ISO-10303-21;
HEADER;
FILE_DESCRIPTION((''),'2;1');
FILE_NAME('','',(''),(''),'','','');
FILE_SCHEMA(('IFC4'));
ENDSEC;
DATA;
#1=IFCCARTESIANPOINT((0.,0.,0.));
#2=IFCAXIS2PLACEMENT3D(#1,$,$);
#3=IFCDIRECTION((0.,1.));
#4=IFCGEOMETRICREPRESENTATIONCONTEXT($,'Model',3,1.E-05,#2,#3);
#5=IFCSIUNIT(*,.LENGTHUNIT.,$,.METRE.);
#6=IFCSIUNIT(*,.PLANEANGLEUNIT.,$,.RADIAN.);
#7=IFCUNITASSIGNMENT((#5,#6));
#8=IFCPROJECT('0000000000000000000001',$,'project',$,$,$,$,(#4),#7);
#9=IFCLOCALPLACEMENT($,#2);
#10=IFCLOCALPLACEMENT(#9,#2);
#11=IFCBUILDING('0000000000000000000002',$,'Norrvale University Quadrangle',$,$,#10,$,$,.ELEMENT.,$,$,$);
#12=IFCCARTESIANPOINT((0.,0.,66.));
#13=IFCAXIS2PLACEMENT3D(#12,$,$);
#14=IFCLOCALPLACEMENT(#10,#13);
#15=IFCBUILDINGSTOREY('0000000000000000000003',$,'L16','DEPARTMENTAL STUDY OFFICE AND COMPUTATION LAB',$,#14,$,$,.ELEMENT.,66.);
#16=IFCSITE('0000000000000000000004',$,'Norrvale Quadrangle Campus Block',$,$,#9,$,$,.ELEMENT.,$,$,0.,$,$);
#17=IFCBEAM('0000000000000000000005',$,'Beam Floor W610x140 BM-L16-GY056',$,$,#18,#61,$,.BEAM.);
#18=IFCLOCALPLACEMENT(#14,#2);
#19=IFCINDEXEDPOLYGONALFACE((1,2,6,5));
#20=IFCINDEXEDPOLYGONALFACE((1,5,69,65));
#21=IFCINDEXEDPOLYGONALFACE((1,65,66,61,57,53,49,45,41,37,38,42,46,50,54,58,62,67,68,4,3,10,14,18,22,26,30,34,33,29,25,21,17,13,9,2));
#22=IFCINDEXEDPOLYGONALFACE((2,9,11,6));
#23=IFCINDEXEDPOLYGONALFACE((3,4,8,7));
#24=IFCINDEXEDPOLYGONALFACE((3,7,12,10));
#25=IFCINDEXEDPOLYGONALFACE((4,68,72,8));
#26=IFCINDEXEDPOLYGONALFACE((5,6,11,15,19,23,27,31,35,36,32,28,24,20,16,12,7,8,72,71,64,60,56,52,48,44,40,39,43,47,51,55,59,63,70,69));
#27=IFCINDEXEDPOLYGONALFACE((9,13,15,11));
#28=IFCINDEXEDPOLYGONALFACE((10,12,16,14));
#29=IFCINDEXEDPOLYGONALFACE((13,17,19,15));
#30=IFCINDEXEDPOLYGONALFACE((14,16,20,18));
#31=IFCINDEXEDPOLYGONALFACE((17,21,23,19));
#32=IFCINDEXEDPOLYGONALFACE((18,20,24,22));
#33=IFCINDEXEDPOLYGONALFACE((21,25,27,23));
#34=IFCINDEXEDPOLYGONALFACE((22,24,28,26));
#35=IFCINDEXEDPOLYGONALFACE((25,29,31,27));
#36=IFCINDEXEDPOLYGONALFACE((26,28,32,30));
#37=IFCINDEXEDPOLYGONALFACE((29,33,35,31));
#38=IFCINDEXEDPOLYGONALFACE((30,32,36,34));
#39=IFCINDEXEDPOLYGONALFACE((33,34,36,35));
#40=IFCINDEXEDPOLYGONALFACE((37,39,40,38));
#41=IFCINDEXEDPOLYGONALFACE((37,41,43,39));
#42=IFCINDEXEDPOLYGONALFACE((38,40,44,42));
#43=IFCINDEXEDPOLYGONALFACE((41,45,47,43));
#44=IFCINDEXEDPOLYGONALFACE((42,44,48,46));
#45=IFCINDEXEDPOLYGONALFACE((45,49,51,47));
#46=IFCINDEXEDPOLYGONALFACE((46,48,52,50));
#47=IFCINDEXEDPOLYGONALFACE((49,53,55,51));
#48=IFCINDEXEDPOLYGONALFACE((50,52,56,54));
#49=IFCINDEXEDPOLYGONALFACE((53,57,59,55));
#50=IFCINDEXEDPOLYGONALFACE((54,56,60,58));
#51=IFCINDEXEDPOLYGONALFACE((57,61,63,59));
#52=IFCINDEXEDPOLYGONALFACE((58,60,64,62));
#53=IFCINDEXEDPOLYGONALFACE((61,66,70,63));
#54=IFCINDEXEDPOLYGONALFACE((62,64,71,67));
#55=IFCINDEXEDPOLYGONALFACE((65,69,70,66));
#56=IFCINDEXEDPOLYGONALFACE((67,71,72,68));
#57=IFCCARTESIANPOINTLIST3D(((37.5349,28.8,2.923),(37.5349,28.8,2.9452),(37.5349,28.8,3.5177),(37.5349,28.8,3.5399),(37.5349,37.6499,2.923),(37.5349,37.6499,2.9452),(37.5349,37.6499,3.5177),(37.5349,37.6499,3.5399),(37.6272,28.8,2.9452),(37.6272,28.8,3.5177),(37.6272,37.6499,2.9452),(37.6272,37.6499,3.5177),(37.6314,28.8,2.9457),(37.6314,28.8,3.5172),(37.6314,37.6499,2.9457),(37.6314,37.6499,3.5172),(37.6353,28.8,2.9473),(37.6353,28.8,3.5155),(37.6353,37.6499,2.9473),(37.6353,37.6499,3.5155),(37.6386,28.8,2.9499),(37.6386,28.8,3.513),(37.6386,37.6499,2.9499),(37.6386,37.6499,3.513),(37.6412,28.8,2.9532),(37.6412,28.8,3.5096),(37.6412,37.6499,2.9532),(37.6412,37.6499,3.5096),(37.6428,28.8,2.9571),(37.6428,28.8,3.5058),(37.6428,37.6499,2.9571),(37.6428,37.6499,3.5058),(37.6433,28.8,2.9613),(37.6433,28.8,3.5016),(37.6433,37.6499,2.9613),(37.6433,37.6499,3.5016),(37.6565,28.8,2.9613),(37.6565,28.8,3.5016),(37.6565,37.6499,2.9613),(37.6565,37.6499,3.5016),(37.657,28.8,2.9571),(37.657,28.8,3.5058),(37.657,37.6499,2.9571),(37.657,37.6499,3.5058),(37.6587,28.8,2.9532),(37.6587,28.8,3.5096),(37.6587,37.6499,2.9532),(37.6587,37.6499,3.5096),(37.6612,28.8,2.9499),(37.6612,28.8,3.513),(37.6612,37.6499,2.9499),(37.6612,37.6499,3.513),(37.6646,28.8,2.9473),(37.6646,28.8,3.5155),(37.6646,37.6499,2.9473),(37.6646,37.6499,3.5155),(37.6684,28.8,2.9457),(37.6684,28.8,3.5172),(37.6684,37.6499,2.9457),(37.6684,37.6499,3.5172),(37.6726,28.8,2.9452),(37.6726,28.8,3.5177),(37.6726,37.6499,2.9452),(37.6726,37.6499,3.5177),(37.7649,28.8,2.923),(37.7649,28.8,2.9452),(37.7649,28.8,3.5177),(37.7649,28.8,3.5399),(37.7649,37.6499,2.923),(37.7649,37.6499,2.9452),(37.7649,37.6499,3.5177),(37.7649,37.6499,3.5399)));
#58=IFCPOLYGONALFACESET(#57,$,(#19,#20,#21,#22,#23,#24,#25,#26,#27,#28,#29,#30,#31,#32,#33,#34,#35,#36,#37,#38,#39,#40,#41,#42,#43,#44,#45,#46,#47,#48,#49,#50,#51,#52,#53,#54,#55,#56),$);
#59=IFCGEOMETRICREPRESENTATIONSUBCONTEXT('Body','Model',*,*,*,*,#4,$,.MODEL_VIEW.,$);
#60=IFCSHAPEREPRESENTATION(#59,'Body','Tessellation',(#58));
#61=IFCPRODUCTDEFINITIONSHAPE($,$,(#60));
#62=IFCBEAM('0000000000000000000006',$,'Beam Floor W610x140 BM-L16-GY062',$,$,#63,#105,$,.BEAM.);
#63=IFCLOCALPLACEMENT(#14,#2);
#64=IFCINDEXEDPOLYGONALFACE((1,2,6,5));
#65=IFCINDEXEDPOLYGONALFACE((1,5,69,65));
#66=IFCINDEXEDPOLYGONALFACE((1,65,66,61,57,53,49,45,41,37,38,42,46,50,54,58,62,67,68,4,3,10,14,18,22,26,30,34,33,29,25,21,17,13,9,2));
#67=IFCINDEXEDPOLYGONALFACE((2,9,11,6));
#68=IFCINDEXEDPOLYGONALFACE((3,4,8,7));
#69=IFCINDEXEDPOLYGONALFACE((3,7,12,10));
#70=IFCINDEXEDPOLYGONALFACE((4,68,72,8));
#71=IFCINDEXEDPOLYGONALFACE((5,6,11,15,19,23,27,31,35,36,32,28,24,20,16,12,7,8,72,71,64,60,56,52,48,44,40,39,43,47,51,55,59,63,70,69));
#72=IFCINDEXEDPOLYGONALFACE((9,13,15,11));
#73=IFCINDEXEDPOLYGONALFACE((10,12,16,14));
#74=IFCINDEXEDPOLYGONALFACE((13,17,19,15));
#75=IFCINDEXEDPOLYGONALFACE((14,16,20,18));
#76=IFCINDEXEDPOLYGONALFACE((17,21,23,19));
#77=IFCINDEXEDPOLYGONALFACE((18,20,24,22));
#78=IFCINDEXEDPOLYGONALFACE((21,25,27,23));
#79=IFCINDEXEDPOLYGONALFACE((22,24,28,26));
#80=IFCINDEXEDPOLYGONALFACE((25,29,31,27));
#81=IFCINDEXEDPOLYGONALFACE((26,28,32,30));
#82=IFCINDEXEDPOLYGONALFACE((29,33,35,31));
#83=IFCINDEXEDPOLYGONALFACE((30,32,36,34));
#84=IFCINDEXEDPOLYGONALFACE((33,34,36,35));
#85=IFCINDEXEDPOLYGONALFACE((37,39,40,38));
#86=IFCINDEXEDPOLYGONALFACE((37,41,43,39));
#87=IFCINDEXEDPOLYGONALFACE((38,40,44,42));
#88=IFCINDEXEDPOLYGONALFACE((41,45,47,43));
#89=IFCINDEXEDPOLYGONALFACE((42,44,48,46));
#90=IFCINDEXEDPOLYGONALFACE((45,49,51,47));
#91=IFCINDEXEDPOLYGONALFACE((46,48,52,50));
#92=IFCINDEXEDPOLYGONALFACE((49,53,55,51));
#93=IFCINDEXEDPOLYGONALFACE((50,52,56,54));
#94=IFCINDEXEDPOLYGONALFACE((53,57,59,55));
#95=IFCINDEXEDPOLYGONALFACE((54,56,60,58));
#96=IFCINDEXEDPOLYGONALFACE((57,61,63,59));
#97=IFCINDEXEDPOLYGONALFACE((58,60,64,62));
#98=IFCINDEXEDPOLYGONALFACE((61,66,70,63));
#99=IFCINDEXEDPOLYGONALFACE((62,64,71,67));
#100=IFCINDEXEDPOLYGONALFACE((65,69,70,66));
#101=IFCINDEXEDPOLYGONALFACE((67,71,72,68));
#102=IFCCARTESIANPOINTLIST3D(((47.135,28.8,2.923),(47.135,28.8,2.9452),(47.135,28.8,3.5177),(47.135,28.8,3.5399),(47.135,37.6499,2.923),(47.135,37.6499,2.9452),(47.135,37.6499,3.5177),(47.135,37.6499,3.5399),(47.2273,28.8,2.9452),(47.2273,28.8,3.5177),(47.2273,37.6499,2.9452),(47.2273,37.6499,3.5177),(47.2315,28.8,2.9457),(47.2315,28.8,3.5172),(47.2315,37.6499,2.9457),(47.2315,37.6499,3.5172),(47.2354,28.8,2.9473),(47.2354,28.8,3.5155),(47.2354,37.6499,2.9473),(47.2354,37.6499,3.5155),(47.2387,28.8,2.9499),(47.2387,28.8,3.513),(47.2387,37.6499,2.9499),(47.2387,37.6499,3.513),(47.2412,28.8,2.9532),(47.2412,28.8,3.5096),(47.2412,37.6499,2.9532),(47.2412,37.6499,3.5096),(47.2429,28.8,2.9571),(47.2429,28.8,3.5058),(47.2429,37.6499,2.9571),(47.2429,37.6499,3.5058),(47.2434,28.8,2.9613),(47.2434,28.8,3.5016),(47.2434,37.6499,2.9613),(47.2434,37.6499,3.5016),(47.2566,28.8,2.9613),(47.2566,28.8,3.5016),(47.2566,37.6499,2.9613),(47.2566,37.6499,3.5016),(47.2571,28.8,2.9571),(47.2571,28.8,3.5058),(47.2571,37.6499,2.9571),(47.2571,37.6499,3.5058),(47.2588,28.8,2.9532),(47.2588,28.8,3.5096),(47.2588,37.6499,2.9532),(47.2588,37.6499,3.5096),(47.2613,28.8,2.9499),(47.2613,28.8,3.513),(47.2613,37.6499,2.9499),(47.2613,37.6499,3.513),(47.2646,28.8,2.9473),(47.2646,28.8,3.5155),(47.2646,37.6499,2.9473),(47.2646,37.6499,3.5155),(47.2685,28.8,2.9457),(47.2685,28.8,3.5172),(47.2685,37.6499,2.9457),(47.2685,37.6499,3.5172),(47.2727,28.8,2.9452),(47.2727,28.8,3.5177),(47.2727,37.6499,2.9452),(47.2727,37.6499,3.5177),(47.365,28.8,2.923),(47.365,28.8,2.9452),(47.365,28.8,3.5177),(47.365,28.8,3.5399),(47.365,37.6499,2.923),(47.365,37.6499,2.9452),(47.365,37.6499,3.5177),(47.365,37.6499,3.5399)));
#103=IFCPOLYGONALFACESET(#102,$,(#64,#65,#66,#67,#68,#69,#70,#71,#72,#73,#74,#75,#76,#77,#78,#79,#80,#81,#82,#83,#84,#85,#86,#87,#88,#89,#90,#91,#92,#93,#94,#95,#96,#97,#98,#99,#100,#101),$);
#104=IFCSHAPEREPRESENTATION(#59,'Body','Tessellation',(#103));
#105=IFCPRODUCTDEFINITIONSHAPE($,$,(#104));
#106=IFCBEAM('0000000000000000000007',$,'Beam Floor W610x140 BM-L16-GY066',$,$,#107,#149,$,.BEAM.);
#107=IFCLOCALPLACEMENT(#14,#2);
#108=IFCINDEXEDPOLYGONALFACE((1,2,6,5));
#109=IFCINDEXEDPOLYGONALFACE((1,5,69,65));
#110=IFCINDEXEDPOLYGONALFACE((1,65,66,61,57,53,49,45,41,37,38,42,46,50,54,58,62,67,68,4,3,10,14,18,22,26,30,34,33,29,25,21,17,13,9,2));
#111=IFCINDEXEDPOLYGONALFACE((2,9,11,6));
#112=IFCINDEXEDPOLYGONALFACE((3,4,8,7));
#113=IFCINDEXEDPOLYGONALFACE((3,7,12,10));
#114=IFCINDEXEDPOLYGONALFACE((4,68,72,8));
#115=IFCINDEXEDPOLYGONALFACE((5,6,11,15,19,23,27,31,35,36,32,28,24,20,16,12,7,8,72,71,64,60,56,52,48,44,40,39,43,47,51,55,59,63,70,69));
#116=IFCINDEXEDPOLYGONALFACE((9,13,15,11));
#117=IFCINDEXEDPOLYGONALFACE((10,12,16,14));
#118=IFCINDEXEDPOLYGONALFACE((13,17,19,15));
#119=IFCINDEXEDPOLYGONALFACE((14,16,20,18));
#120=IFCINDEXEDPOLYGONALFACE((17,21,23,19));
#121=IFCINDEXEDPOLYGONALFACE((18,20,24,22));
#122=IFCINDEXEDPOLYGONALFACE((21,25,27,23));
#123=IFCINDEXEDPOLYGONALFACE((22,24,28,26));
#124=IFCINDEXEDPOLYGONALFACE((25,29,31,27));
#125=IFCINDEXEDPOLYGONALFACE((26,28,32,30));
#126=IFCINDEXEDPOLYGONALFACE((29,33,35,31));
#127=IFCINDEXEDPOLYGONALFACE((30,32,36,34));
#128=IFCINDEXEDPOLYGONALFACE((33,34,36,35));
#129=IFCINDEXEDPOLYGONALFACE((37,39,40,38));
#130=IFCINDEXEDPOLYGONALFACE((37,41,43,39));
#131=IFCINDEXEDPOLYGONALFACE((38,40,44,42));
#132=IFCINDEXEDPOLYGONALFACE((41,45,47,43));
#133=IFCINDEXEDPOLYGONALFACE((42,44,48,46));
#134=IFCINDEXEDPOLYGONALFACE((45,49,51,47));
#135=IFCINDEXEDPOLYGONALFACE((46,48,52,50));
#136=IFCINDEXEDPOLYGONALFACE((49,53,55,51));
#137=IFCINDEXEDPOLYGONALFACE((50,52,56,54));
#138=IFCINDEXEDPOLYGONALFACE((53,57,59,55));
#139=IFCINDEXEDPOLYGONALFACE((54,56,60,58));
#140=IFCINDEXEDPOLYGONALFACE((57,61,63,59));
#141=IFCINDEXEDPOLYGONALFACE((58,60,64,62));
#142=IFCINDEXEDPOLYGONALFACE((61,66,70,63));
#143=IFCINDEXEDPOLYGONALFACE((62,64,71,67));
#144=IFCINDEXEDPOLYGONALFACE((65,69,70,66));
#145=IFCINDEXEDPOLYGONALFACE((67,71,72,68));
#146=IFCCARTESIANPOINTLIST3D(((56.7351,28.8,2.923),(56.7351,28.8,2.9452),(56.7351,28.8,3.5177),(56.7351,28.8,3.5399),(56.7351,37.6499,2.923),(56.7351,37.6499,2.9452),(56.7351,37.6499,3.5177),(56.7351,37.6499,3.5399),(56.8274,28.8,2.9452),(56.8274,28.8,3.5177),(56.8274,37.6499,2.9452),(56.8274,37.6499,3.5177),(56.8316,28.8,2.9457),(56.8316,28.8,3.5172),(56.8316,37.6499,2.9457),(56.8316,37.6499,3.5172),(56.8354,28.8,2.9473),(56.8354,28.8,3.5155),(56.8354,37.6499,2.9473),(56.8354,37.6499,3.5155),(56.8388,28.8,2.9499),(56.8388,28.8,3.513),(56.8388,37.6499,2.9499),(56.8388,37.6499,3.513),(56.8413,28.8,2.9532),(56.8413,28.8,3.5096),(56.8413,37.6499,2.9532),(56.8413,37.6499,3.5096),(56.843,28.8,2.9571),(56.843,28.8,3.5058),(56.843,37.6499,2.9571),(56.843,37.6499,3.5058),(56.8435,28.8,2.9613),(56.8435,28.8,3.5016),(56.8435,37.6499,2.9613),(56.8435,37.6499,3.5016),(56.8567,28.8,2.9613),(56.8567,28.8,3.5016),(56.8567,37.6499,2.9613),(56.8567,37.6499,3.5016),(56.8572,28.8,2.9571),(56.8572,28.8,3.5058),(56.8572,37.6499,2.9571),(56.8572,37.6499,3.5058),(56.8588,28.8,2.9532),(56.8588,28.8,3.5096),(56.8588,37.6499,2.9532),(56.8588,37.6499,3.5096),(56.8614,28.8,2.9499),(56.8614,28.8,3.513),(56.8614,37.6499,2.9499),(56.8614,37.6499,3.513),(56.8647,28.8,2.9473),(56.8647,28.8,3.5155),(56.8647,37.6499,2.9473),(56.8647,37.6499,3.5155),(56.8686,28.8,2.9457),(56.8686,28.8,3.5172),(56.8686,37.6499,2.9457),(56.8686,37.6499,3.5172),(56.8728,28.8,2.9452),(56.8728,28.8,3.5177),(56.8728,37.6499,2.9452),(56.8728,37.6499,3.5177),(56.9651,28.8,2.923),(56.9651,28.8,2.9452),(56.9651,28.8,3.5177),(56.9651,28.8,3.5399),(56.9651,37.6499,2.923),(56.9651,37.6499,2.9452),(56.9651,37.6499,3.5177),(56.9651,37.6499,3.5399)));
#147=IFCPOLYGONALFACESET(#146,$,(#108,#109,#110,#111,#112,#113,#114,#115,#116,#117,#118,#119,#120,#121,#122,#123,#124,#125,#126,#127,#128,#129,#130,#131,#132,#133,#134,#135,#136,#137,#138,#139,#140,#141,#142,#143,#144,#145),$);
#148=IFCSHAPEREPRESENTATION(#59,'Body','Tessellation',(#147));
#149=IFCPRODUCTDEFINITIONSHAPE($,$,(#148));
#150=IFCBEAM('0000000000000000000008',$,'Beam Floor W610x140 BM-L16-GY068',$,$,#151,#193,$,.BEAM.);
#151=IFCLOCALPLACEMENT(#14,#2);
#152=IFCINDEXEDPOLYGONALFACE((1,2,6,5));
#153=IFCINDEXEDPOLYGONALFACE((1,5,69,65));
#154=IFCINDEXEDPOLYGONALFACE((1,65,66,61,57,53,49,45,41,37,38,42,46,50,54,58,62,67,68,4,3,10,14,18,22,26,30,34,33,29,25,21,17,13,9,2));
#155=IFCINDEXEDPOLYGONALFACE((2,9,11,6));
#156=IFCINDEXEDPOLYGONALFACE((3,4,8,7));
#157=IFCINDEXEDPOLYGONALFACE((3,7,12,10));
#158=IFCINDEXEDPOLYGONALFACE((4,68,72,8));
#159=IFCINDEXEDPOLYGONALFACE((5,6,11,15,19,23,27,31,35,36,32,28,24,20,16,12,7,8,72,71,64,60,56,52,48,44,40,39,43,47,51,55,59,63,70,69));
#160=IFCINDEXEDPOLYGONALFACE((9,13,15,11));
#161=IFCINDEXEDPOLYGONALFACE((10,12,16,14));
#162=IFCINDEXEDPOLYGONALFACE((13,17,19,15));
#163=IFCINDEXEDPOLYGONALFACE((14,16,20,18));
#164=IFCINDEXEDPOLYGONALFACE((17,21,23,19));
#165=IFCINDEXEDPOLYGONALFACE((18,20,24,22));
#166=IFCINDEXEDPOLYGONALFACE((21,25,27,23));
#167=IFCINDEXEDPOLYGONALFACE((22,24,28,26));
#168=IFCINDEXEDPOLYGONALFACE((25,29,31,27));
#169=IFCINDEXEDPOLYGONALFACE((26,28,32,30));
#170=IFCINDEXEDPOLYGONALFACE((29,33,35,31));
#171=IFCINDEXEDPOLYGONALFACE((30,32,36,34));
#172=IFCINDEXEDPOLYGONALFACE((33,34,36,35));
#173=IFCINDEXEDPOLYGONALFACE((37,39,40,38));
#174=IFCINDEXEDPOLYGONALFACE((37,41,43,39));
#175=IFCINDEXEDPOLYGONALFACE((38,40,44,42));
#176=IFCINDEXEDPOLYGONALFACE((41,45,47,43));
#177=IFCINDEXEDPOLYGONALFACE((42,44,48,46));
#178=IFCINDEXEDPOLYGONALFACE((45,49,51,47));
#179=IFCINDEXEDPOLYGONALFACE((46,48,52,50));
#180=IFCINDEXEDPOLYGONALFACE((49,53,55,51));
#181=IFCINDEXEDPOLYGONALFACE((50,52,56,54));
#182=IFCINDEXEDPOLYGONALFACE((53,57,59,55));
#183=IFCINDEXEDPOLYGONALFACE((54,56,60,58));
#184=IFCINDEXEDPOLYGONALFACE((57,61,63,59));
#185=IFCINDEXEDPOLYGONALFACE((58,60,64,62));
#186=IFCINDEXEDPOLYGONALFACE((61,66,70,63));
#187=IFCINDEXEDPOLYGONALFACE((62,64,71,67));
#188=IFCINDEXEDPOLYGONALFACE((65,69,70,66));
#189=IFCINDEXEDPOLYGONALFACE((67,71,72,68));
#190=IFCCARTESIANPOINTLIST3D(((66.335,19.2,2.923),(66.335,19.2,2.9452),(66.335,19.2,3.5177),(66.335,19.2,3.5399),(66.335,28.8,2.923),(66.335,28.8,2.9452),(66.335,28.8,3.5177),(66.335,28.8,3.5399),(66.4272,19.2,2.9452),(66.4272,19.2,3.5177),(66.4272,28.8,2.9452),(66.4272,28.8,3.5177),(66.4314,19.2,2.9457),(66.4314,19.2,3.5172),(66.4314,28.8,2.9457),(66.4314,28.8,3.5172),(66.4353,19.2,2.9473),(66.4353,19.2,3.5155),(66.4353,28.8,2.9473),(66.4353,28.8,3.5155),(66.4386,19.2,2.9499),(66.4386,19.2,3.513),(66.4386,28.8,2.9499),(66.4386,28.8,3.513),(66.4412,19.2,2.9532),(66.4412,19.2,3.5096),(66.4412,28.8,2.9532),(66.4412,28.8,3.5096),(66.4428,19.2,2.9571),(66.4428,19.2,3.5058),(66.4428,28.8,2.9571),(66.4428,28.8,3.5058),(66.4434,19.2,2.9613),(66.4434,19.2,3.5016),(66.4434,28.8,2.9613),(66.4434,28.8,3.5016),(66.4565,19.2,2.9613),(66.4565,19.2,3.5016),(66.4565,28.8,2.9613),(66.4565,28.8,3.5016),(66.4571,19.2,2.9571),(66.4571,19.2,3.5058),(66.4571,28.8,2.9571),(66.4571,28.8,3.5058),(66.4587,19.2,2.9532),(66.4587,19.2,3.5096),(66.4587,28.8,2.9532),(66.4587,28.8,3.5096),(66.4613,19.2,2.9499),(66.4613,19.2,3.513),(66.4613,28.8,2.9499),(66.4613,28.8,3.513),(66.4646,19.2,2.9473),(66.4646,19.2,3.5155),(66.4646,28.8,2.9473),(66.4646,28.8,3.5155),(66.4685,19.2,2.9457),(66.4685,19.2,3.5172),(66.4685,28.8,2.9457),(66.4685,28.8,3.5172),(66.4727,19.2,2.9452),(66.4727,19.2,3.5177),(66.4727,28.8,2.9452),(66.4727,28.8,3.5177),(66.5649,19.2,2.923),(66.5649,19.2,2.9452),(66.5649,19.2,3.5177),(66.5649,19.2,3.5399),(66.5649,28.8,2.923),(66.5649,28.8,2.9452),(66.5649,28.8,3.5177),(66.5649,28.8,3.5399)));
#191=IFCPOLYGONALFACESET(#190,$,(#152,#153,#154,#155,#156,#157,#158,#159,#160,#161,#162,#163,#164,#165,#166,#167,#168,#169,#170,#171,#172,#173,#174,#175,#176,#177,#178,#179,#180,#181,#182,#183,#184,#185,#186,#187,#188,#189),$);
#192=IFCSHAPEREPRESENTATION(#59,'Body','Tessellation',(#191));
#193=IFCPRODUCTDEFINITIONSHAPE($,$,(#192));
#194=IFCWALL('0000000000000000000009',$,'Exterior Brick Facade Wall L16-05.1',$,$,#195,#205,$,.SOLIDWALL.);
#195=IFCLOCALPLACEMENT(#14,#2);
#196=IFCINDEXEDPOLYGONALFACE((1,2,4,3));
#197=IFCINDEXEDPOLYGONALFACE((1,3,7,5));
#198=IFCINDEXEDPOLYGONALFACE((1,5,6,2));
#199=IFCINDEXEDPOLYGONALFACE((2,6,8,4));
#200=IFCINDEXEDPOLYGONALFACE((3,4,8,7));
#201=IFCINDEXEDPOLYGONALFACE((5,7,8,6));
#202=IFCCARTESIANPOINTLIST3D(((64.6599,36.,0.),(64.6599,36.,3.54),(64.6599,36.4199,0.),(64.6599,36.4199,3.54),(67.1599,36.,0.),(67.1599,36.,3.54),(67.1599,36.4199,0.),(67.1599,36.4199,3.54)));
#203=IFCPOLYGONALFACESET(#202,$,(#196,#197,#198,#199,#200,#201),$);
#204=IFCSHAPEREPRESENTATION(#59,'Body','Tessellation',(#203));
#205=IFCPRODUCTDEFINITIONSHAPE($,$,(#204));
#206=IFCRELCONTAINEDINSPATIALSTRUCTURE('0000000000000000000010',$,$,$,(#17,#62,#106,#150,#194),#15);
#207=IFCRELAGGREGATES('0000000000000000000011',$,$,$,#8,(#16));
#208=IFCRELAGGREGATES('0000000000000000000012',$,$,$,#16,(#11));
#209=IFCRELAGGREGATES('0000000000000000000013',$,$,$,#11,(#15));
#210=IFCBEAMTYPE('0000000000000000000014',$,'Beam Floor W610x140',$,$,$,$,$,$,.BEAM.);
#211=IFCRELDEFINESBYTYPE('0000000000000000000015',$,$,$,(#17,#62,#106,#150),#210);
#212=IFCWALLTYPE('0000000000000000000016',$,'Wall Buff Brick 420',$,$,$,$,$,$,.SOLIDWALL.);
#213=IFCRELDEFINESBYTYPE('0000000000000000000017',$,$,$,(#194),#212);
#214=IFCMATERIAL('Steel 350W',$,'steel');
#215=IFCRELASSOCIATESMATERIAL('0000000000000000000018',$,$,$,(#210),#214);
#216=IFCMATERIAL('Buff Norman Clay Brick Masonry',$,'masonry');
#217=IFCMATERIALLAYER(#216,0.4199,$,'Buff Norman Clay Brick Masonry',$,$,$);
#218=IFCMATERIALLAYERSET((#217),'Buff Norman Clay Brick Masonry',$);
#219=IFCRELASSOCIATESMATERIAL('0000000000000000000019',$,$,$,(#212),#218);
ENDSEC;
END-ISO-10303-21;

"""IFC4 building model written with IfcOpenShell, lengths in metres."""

from ifc_helpers import new_model, si_unit, direction, frame, frame_2d, origin, origin_2d, place, context, subcontext, project, spatial, rectangle, i_section, extrude, material, layer, layer_set, material_profile, profile_set, type_object, element, save


model = new_model("IFC4")

# Units and contexts
model_context = context("Model", 3, precision=1e-05, world=origin(), true_north=direction((0.0, 1.0)))
body_context = subcontext(model_context, "Body", "Model", "MODEL_VIEW")
ifc_project = project(units=[si_unit("LENGTHUNIT", "METRE"), si_unit("PLANEANGLEUNIT", "RADIAN")], contexts=[model_context])

# Site, building, storey
site_placement = place(None, origin())
site = spatial("IfcSite", under=ifc_project, at=site_placement, Name="Norrvale Quadrangle Campus Block", CompositionType="ELEMENT", RefElevation=0.0)
building_placement = place(site_placement, origin())
building = spatial("IfcBuilding", under=site, at=building_placement, Name="Norrvale University Quadrangle", CompositionType="ELEMENT")
storey_placement = place(building_placement, frame((0.0, 0.0, 66.0)))
storey = spatial("IfcBuildingStorey", under=building, at=storey_placement, Name="L16", Description="DEPARTMENTAL STUDY OFFICE AND COMPUTATION LAB", CompositionType="ELEMENT", Elevation=66.0)

# Beams
ifc_material_1 = material(Name="Steel 350W", Category="steel")
ifc_material_profile_1 = material_profile(ifc_material_1, i_section(OverallWidth=0.23, OverallDepth=0.6169, WebThickness=0.0132, FlangeThickness=0.0222, FilletRadius=0.0161, at=origin_2d()), Name="Steel 350W")
ifc_profile_set_1 = profile_set([ifc_material_profile_1], Name="Steel 350W")
beam_type_1 = type_object("IfcBeamType", Name="Beam Floor W610x140", PredefinedType="BEAM", material=ifc_profile_set_1)
for number, where, z_axis, x_axis, name in (
    (1, (37.6499, 28.8, 3.2314), (0.0, 1.0, 0.0), (-1.0, 0.0, 0.0), "Beam Floor W610x140 BM-L16-GY056"),
    (2, (47.25, 28.8, 3.2314), (0.0, 1.0, 0.0), (-1.0, 0.0, 0.0), "Beam Floor W610x140 BM-L16-GY062"),
    (3, (56.8501, 28.8, 3.2314), (0.0, 1.0, 0.0), (-1.0, 0.0, 0.0), "Beam Floor W610x140 BM-L16-GY066"),
):
    element("IfcBeam", number, at=place(storey_placement, frame(where, z_axis=z_axis, x_axis=x_axis)), inside=storey, type_object=beam_type_1, Name=name, PredefinedType="BEAM", context=body_context, shape_type="SweptSolid", body=[
        extrude(i_section(OverallWidth=0.23, OverallDepth=0.6169, WebThickness=0.0132, FlangeThickness=0.0222, FilletRadius=0.0161, at=origin_2d()), origin(), (0.0, 0.0, 1.0), 8.8499),
    ])
beam_1_placement = place(storey_placement, frame((66.45, 19.2, 3.2314), z_axis=(0.0, 1.0, 0.0), x_axis=(-1.0, 0.0, 0.0)))
element("IfcBeam", 4, at=beam_1_placement, inside=storey, type_object=beam_type_1, Name="Beam Floor W610x140 BM-L16-GY068", PredefinedType="BEAM", context=body_context, shape_type="SweptSolid", body=[
    extrude(i_section(OverallWidth=0.23, OverallDepth=0.6169, WebThickness=0.0132, FlangeThickness=0.0222, FilletRadius=0.0161, at=origin_2d()), origin(), (0.0, 0.0, 1.0), 9.6001),
])

# Wall
ifc_material_2 = material(Name="Buff Norman Clay Brick Masonry", Category="masonry")
ifc_layer = layer(ifc_material_2, 0.4199, Name="Buff Norman Clay Brick Masonry")
ifc_layer_set = layer_set([ifc_layer], Name="Buff Norman Clay Brick Masonry")
wall_type = type_object("IfcWallType", Name="Wall Buff Brick 420", PredefinedType="SOLIDWALL", material=ifc_layer_set)
for number, where, z_axis, x_axis, name in (
    (5, (67.1599, 36.21, 0.0), (0.0, 0.0, 1.0), (-1.0, 0.0, 0.0), "Exterior Brick Facade Wall L16-05.1"),
):
    element("IfcWall", number, at=place(storey_placement, frame(where, z_axis=z_axis, x_axis=x_axis)), inside=storey, type_object=wall_type, Name=name, PredefinedType="SOLIDWALL", context=body_context, shape_type="SweptSolid", body=[
        extrude(rectangle(XDim=2.5, YDim=0.4199, at=frame_2d((1.25, 0.0))), origin(), (0.0, 0.0, 1.0), 3.54),
    ])

save(model, "model.ifc")
